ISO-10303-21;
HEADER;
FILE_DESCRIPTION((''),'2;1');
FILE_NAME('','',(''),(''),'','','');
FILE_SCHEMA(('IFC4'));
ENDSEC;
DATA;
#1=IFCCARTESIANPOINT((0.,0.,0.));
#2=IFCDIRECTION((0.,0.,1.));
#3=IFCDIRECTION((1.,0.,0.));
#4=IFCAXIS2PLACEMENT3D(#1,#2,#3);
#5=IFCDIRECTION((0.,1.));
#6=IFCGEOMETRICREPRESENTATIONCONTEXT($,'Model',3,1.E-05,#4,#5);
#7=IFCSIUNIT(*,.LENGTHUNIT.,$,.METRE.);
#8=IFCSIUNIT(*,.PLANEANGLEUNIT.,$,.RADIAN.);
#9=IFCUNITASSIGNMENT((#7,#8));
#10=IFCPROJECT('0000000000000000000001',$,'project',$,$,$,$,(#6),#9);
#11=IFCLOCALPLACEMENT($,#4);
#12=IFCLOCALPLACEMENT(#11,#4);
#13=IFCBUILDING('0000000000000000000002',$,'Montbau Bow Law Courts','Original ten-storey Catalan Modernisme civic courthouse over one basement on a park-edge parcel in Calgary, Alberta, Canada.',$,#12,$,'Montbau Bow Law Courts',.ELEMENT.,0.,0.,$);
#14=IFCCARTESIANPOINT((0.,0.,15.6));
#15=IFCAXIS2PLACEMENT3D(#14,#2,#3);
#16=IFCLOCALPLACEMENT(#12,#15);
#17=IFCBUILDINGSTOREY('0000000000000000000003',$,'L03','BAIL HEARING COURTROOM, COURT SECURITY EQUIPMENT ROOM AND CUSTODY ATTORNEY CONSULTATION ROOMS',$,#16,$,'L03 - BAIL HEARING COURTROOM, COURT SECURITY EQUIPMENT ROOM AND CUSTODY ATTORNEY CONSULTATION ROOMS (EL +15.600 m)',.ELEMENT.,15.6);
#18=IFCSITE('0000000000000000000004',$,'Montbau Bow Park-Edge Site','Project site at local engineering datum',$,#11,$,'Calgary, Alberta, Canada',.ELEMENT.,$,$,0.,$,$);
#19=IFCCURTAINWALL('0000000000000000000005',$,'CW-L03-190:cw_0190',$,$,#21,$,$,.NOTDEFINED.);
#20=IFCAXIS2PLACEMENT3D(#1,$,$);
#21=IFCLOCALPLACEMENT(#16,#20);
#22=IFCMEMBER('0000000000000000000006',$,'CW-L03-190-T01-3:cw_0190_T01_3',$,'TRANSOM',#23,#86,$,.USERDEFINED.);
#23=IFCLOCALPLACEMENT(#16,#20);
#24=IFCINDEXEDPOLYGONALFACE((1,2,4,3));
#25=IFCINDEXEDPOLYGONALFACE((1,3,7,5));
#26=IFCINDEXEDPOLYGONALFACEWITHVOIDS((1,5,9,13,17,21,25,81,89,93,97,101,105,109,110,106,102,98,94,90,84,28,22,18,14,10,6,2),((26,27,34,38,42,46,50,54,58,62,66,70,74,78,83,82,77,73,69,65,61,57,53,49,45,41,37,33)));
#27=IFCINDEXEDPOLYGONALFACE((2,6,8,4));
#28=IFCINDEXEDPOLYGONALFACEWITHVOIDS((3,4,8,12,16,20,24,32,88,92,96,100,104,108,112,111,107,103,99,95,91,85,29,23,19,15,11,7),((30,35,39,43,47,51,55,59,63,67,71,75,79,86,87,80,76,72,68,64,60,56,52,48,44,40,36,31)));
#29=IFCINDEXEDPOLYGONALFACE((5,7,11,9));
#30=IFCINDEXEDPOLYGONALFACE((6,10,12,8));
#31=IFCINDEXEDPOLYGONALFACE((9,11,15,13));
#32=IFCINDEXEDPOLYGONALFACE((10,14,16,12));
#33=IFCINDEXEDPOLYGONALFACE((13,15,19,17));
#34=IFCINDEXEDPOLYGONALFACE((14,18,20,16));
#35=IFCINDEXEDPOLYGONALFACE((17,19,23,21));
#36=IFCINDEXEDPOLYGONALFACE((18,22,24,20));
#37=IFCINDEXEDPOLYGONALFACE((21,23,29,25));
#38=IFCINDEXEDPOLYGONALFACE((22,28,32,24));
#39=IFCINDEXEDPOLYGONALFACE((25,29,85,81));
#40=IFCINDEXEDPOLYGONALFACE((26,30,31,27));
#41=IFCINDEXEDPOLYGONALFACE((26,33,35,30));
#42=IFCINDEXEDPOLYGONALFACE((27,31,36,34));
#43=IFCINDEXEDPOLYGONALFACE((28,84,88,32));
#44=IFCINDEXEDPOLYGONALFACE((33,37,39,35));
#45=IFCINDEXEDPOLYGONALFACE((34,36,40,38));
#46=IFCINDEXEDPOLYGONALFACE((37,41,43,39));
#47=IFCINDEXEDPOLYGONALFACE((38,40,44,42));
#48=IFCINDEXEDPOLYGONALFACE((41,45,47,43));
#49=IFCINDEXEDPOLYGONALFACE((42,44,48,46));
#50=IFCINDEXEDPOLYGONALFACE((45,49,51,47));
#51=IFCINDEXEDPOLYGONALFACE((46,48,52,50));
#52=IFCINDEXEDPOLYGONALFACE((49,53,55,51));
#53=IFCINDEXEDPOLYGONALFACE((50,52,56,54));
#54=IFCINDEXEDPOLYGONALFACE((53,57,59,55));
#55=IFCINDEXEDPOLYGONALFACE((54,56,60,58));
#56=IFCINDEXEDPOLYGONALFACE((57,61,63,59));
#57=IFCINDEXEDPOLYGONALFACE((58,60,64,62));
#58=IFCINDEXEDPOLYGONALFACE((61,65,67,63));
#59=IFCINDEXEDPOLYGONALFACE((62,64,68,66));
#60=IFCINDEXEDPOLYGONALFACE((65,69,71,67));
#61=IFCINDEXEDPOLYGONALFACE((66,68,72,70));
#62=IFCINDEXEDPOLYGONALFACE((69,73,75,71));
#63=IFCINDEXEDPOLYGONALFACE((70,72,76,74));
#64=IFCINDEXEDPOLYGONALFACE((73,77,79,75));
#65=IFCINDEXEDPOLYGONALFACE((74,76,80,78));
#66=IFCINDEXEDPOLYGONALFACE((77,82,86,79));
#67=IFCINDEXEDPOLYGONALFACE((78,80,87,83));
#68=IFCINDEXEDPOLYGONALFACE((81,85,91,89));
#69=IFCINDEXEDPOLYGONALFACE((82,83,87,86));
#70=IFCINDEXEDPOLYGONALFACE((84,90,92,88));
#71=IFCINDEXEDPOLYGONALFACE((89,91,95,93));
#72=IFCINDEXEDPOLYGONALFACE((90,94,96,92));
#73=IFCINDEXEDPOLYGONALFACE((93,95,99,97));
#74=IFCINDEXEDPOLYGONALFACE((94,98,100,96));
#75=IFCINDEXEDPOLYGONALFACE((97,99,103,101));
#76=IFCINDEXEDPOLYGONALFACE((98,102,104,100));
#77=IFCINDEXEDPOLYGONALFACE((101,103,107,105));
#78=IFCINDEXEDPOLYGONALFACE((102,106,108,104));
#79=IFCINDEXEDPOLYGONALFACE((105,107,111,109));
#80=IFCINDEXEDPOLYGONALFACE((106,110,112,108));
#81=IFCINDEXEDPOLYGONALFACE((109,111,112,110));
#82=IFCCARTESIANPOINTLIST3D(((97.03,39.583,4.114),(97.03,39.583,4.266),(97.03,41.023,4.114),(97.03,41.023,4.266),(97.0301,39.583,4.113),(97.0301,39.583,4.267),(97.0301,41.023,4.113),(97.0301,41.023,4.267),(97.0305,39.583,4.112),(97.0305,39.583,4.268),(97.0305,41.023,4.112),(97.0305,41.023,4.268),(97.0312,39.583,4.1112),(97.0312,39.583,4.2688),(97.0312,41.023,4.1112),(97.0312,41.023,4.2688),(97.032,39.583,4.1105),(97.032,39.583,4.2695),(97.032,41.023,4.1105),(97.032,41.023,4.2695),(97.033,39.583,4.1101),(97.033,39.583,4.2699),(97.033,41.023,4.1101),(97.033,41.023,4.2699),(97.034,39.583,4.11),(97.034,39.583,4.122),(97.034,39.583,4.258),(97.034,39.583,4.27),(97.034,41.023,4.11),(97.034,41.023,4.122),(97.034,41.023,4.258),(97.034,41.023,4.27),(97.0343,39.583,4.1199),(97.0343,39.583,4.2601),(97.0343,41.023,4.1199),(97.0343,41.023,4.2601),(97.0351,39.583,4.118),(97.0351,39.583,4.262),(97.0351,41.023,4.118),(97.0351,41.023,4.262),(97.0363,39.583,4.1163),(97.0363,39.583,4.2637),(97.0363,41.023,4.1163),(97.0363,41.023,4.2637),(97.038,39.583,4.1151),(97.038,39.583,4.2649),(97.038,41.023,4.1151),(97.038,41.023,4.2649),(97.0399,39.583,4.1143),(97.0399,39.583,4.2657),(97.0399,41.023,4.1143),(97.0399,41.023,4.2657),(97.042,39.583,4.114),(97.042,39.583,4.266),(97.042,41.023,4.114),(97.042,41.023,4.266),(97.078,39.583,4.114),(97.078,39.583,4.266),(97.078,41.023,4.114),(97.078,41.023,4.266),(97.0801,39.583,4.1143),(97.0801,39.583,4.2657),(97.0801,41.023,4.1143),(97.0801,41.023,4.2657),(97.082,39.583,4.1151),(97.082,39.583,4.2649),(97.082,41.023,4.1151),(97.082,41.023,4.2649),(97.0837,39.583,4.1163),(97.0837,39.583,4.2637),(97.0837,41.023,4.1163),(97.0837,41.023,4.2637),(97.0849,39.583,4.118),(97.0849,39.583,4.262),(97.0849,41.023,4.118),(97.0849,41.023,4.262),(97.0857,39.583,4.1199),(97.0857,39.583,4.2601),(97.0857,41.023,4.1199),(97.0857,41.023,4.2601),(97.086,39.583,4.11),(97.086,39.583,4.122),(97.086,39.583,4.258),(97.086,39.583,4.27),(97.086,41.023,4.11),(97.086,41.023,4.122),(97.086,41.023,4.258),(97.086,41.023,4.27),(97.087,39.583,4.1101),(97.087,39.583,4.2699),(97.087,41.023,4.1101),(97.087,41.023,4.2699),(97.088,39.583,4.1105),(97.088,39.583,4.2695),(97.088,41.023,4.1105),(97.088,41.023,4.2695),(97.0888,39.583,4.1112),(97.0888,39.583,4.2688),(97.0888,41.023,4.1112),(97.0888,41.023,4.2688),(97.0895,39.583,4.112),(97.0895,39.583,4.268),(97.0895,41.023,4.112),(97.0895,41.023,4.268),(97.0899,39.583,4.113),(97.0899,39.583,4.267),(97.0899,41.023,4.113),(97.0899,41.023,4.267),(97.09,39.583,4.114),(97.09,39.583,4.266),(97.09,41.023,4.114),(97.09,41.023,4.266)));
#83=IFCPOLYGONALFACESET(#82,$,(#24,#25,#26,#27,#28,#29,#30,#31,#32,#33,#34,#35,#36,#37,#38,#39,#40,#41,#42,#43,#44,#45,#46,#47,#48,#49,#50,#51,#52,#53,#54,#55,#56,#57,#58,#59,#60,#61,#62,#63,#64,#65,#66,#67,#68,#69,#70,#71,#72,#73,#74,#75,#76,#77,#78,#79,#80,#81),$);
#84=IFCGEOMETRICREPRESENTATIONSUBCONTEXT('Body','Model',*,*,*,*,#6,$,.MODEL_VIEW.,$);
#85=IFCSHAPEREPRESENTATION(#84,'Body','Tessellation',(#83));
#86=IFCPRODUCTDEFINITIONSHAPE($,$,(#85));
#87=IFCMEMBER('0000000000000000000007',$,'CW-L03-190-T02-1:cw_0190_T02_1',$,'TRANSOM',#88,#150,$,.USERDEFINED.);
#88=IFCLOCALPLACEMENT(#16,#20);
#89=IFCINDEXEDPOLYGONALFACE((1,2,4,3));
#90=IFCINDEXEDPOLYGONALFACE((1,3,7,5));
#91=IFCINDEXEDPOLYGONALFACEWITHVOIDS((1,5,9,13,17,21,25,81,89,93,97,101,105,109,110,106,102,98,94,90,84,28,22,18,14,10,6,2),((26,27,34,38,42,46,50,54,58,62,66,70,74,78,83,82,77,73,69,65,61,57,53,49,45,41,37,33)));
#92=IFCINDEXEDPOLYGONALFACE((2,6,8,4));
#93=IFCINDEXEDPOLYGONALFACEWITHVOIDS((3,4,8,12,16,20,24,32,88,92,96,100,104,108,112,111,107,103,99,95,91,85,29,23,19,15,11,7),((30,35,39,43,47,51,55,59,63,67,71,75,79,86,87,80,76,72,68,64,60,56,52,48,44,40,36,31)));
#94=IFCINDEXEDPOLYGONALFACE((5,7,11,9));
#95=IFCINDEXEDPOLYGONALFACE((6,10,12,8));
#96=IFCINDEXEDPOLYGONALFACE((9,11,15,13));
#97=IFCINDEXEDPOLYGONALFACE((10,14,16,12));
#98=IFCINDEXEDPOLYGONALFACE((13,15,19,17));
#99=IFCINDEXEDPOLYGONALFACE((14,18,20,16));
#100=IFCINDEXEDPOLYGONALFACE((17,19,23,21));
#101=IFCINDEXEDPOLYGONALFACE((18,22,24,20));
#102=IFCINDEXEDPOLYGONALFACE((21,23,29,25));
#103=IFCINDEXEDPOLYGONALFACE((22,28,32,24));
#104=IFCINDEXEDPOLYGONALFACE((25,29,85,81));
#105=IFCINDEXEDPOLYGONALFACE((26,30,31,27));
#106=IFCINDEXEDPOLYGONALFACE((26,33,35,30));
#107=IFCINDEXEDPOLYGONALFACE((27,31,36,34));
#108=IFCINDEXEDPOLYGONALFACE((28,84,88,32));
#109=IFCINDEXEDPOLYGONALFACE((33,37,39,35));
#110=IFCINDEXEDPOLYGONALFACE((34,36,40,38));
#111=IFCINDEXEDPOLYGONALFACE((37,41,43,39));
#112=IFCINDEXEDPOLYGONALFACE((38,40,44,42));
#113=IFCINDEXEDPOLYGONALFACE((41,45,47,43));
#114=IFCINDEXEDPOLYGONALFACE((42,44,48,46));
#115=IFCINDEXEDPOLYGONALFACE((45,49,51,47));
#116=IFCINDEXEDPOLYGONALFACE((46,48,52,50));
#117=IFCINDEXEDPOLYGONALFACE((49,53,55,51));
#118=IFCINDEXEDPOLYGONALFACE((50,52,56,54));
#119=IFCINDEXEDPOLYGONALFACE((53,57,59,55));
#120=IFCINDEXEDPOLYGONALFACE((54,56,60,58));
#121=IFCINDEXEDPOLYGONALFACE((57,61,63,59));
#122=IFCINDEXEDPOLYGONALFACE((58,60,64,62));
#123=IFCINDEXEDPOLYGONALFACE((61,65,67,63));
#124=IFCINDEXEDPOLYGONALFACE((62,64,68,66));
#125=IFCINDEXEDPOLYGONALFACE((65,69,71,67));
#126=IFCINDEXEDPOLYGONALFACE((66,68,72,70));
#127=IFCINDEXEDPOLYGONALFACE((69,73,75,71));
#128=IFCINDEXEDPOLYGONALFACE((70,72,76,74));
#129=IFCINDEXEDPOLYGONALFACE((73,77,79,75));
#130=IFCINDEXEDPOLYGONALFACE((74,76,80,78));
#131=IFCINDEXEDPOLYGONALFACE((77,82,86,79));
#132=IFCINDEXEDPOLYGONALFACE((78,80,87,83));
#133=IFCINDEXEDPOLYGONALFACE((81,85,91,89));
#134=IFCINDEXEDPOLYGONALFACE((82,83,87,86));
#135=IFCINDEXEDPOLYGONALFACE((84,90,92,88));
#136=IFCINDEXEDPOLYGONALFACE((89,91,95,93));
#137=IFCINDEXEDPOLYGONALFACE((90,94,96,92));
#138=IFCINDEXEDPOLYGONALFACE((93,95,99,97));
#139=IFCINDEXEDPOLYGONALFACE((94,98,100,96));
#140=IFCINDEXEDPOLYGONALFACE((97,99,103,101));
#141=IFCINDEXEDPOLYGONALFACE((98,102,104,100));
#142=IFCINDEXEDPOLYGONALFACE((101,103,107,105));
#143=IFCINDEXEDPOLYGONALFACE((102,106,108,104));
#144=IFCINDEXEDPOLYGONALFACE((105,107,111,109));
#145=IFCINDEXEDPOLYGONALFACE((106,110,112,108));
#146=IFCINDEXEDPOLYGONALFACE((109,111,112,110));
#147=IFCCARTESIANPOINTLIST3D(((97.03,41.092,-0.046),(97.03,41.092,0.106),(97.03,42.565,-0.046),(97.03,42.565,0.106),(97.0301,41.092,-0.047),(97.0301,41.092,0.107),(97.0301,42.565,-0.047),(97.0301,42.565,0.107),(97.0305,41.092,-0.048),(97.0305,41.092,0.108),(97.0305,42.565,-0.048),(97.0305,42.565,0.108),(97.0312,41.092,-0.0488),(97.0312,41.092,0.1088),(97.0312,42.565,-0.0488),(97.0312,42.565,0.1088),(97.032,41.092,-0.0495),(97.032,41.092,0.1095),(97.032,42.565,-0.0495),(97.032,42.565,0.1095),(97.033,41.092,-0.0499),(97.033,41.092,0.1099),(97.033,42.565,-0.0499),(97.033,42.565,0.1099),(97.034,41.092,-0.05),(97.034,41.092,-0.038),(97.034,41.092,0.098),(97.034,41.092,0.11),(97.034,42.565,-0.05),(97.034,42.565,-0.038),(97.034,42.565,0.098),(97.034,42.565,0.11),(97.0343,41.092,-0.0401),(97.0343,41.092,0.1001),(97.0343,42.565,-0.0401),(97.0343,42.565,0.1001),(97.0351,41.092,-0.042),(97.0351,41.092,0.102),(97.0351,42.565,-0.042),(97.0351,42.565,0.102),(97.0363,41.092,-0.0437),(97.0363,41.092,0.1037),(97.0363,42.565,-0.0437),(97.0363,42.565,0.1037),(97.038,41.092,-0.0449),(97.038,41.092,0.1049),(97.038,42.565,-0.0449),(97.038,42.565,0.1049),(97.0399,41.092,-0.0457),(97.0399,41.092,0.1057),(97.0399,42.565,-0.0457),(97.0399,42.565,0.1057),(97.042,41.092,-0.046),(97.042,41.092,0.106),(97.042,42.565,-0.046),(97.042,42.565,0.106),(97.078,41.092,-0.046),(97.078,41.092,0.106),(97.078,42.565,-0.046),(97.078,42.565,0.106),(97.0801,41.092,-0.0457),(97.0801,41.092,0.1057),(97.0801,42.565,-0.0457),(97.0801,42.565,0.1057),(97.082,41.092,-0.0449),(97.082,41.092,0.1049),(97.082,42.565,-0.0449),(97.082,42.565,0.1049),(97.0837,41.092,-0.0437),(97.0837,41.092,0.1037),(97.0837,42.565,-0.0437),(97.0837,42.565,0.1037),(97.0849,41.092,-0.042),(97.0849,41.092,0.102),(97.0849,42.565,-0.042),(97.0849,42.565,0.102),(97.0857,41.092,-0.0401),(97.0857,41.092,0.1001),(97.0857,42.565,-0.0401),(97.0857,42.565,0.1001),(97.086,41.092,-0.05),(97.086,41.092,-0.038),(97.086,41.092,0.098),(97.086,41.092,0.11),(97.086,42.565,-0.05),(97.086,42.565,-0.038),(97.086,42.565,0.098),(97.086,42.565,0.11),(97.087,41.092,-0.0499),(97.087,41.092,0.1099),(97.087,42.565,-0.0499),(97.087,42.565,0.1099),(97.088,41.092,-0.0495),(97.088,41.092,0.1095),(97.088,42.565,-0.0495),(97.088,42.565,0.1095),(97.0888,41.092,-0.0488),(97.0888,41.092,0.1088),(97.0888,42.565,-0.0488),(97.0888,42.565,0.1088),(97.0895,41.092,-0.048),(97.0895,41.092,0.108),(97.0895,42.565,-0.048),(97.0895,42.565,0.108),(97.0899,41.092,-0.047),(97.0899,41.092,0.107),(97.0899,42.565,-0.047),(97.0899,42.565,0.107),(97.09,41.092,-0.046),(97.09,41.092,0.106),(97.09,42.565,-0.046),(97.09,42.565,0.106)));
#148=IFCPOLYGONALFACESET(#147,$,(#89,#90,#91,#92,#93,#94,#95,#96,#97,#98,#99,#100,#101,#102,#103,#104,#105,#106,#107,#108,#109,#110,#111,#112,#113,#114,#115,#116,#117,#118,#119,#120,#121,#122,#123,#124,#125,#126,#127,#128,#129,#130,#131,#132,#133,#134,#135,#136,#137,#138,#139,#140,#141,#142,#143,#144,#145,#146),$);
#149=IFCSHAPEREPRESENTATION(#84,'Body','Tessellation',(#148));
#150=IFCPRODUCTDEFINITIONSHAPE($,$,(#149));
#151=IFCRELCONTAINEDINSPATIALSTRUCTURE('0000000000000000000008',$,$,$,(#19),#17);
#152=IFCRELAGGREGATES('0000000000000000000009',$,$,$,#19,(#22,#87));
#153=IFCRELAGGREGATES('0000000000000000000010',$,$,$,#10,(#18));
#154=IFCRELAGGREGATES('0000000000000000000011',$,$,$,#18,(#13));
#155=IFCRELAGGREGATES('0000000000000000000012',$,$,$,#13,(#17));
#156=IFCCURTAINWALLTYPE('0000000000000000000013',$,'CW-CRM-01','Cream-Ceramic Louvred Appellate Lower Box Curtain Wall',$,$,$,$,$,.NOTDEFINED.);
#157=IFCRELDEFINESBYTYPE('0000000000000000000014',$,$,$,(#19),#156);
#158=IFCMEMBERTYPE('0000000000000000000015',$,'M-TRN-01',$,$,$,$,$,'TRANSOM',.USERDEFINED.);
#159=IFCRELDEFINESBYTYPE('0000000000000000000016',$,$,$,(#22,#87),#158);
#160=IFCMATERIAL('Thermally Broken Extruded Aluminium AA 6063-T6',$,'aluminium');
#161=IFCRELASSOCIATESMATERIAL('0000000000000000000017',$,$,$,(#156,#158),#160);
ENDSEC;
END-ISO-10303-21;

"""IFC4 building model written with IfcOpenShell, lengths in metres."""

from ifc_helpers import new_model, si_unit, direction, frame, origin_with_axes, origin_2d_with_axis, place, context, subcontext, project, spatial, hollow_rectangle, extrude, material, material_profile, profile_set, type_object, element, aggregate, save


model = new_model("IFC4")

# Units and contexts
model_context = context("Model", 3, precision=1e-05, world=origin_with_axes(), true_north=direction((0.0, 1.0)))
body_context = subcontext(model_context, "Body", "Model", "MODEL_VIEW")
ifc_project = project(units=[si_unit("LENGTHUNIT", "METRE"), si_unit("PLANEANGLEUNIT", "RADIAN")], contexts=[model_context])

# Site, building, storey
site_placement = place(None, origin_with_axes())
site = spatial("IfcSite", under=ifc_project, at=site_placement, Name="Montbau Bow Park-Edge Site", Description="Project site at local engineering datum", LongName="Calgary, Alberta, Canada", CompositionType="ELEMENT", RefElevation=0.0)
building_placement = place(site_placement, origin_with_axes())
building = spatial("IfcBuilding", under=site, at=building_placement, Name="Montbau Bow Law Courts", Description="Original ten-storey Catalan Modernisme civic courthouse over one basement on a park-edge parcel in Calgary, Alberta, Canada.", LongName="Montbau Bow Law Courts", CompositionType="ELEMENT", ElevationOfRefHeight=0.0, ElevationOfTerrain=0.0)
storey_placement = place(building_placement, frame((0.0, 0.0, 15.6), z_axis=(0.0, 0.0, 1.0), x_axis=(1.0, 0.0, 0.0)))
storey = spatial("IfcBuildingStorey", under=building, at=storey_placement, Name="L03", Description="BAIL HEARING COURTROOM, COURT SECURITY EQUIPMENT ROOM AND CUSTODY ATTORNEY CONSULTATION ROOMS", LongName="L03 - BAIL HEARING COURTROOM, COURT SECURITY EQUIPMENT ROOM AND CUSTODY ATTORNEY CONSULTATION ROOMS (EL +15.600 m)", CompositionType="ELEMENT", Elevation=15.6)

# Shared definitions
ifc_material_1 = material(Name="Thermally Broken Extruded Aluminium AA 6063-T6", Category="aluminium")
curtain_wall_type = type_object("IfcCurtainWallType", Name="CW-CRM-01", Description="Cream-Ceramic Louvred Appellate Lower Box Curtain Wall", PredefinedType="NOTDEFINED", material=ifc_material_1)

# Curtain wall
curtain_wall_1_placement = place(None, frame((97.06, 39.515, 15.6), z_axis=(0.0, 0.0, 1.0), x_axis=(1.0, 0.0, 0.0)))
curtain_wall_1 = element("IfcCurtainWall", 1, at=curtain_wall_1_placement, inside=storey, type_object=curtain_wall_type, Name="CW-L03-190:cw_0190", PredefinedType="NOTDEFINED")

# Members
ifc_material_profile_1 = material_profile(ifc_material_1, hollow_rectangle(XDim=0.06, YDim=0.16, WallThickness=0.004, InnerFilletRadius=0.008, OuterFilletRadius=0.004, at=origin_2d_with_axis()), Name="CWT-160X60", Category="Main", Priority=0)
ifc_profile_set_1 = profile_set([ifc_material_profile_1], Name="Thermally Broken Extruded Aluminium AA 6063-T6")
member_type_1 = type_object("IfcMemberType", Name="M-TRN-01", ElementType="TRANSOM", PredefinedType="USERDEFINED", material=ifc_profile_set_1)
member_1_placement = place(None, frame((97.06, 39.583, 19.79), z_axis=(0.0, 1.0, 0.0), x_axis=(-1.0, 0.0, 0.0)))
member_1 = element("IfcMember", 2, at=member_1_placement, type_object=member_type_1, Name="CW-L03-190-T01-3:cw_0190_T01_3", ObjectType="TRANSOM", PredefinedType="USERDEFINED", context=body_context, shape_type="SweptSolid", body=[
    extrude(hollow_rectangle(XDim=0.06, YDim=0.16, WallThickness=0.004, InnerFilletRadius=0.008, OuterFilletRadius=0.004, at=origin_2d_with_axis()), origin_with_axes(), (0.0, 0.0, 1.0), 1.44),
])
member_2_placement = place(None, frame((97.06, 41.092, 15.63), z_axis=(0.0, 1.0, 0.0), x_axis=(-1.0, 0.0, 0.0)))
member_2 = element("IfcMember", 3, at=member_2_placement, type_object=member_type_1, Name="CW-L03-190-T02-1:cw_0190_T02_1", ObjectType="TRANSOM", PredefinedType="USERDEFINED", context=body_context, shape_type="SweptSolid", body=[
    extrude(hollow_rectangle(XDim=0.06, YDim=0.16, WallThickness=0.004, InnerFilletRadius=0.008, OuterFilletRadius=0.004, at=origin_2d_with_axis()), origin_with_axes(), (0.0, 0.0, 1.0), 1.473),
])

aggregate(curtain_wall_1, [member_1, member_2])

save(model, "model.ifc")
